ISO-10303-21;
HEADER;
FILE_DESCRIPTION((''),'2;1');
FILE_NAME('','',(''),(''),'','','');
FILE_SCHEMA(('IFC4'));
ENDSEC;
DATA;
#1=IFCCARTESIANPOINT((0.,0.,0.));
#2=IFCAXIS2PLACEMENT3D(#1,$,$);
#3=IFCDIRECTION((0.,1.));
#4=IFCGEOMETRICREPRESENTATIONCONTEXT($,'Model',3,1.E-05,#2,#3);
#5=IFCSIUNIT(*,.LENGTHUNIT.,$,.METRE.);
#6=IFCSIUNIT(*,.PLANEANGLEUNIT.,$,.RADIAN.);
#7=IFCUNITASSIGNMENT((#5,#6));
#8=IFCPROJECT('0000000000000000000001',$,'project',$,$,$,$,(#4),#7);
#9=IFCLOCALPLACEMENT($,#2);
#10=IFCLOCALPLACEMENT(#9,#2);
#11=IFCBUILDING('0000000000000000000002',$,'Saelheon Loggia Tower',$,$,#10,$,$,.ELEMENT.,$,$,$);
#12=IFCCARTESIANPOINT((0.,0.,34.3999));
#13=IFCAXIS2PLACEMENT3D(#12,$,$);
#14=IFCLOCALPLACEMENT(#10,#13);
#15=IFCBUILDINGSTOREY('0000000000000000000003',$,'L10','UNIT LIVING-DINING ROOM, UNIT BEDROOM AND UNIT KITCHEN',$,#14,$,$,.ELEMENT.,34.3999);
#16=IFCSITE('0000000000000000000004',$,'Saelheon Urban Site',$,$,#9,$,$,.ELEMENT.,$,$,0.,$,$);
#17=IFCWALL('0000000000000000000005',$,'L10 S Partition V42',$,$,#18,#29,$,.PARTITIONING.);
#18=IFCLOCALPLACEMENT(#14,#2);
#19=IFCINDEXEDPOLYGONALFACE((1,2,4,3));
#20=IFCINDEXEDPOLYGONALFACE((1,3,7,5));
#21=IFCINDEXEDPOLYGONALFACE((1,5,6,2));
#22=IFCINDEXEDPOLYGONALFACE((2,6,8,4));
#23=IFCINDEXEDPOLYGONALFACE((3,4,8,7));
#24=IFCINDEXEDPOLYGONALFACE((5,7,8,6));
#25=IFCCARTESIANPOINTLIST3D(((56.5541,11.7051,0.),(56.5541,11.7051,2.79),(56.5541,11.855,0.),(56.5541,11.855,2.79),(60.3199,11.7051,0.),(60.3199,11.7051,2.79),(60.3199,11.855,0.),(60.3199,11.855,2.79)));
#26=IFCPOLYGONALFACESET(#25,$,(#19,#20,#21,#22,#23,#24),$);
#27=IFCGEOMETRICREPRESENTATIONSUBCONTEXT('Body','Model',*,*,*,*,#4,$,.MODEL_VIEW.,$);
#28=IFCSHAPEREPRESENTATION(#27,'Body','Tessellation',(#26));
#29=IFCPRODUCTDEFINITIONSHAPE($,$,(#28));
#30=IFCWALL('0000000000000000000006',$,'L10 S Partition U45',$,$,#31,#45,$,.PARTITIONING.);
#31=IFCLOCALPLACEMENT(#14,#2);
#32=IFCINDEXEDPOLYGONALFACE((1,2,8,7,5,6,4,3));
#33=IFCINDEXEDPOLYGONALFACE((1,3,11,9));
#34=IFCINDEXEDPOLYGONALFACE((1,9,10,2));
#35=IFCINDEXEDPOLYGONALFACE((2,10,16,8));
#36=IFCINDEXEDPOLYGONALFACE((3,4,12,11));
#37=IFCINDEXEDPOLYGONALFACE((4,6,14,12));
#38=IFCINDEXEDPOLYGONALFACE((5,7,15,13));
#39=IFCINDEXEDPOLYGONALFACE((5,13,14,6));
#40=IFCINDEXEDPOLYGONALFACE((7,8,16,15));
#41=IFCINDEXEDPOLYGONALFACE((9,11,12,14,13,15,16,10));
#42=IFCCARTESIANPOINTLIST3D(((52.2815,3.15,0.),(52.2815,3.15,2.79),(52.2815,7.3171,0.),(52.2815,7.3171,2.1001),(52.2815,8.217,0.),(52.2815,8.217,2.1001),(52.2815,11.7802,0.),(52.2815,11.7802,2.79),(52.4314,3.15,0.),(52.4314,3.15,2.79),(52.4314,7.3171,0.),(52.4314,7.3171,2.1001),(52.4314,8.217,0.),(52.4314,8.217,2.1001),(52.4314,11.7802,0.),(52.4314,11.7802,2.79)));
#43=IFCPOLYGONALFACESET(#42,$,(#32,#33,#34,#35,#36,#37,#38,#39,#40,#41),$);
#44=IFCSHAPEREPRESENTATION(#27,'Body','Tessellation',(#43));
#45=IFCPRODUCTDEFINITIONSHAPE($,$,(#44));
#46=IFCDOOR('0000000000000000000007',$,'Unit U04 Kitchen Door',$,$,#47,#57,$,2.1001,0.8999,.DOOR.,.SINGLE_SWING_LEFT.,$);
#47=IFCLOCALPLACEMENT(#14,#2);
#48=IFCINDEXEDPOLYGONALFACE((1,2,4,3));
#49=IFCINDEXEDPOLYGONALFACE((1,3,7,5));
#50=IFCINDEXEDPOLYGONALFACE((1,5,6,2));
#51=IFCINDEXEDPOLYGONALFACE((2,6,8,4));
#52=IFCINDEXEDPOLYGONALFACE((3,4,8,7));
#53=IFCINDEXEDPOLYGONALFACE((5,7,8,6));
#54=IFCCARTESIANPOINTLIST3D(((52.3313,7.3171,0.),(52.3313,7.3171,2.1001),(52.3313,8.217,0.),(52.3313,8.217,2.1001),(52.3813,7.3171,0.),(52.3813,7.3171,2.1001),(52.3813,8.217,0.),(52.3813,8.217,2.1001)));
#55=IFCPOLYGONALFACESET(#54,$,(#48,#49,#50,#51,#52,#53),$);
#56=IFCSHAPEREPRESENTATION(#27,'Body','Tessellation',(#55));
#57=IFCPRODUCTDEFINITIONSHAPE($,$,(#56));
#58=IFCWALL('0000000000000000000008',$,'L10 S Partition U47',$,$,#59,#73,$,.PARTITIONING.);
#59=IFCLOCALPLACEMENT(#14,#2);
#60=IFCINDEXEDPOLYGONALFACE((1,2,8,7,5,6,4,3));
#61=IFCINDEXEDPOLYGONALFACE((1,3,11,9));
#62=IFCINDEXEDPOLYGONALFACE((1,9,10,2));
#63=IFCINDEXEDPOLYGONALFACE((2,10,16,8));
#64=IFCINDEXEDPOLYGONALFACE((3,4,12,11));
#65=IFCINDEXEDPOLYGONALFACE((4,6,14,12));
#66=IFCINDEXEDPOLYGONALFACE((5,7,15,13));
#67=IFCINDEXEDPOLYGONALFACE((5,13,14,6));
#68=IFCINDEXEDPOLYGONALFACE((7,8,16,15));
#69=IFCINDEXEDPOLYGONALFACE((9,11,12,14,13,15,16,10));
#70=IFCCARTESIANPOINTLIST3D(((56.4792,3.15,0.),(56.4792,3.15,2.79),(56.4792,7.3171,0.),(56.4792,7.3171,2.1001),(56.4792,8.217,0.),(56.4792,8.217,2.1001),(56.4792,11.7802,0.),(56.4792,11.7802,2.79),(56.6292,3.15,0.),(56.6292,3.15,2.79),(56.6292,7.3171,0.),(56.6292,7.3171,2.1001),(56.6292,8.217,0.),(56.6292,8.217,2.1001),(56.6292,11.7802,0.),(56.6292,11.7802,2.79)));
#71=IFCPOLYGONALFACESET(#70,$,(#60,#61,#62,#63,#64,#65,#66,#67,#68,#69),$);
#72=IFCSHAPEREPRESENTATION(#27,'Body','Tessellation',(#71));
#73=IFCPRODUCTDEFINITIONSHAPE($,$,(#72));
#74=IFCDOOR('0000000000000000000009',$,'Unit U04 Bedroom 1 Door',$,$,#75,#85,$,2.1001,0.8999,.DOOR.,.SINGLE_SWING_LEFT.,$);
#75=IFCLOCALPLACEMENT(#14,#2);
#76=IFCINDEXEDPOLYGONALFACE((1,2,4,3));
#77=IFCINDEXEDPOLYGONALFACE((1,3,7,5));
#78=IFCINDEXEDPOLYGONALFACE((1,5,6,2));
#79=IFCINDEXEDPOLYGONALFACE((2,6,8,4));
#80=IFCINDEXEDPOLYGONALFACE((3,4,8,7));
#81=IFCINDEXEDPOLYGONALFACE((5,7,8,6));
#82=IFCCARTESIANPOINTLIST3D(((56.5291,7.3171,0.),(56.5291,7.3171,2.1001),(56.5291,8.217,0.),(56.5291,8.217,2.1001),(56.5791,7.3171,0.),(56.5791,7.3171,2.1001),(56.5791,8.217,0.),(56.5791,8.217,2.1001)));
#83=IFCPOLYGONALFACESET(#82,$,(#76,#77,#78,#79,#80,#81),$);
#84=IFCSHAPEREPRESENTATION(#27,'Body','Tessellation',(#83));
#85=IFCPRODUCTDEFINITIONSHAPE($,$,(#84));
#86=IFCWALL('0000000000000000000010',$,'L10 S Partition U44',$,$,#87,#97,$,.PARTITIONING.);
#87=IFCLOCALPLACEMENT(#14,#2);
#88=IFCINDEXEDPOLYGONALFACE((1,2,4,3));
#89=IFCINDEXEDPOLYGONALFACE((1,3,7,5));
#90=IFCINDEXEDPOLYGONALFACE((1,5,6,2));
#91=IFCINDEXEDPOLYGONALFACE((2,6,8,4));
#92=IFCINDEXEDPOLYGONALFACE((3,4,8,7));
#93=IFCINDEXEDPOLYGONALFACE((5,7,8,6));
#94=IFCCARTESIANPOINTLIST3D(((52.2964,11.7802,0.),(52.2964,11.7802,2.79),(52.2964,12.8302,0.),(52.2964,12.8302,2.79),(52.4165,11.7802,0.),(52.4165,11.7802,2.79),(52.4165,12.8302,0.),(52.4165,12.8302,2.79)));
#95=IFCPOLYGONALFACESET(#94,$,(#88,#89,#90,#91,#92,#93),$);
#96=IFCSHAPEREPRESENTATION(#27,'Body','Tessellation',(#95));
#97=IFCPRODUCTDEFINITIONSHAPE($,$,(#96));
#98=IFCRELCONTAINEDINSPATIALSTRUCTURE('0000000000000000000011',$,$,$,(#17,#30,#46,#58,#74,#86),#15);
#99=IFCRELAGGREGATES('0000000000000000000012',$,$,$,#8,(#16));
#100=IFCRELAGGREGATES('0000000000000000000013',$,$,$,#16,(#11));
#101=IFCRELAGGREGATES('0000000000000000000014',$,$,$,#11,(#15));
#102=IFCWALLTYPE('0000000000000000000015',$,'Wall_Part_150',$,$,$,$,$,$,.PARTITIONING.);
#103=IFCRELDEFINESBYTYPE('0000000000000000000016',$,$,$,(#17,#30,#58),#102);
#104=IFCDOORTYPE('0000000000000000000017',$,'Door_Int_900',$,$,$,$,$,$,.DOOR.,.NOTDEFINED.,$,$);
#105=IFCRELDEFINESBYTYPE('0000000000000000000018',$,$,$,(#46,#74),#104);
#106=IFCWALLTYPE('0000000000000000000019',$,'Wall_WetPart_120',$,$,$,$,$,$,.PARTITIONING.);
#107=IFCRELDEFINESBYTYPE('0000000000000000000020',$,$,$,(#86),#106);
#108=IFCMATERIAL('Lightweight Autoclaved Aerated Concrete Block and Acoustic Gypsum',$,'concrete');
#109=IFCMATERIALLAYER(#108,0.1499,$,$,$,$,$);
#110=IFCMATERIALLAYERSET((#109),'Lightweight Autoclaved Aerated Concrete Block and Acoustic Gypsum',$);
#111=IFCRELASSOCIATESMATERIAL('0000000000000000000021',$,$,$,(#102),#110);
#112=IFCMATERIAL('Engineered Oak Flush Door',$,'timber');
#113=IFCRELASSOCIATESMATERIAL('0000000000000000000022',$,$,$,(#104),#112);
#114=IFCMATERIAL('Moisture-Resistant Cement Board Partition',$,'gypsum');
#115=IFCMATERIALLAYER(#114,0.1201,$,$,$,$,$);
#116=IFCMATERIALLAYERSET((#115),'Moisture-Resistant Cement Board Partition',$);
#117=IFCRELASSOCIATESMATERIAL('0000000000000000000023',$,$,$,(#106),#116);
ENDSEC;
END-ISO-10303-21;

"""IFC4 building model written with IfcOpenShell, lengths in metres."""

from ifc_helpers import new_model, si_unit, direction, frame, frame_2d, origin, place, context, subcontext, project, spatial, rectangle, extrude, source, transform, mapped, material, layer, layer_set, type_object, element, fill, save


model = new_model("IFC4")

# Units and contexts
model_context = context("Model", 3, precision=1e-05, world=origin(), true_north=direction((0.0, 1.0)))
body_context = subcontext(model_context, "Body", "Model", "MODEL_VIEW")
ifc_project = project(units=[si_unit("LENGTHUNIT", "METRE"), si_unit("PLANEANGLEUNIT", "RADIAN")], contexts=[model_context])

# Site, building, storey
site_placement = place(None, origin())
site = spatial("IfcSite", under=ifc_project, at=site_placement, Name="Saelheon Urban Site", CompositionType="ELEMENT", RefElevation=0.0)
building_placement = place(site_placement, origin())
building = spatial("IfcBuilding", under=site, at=building_placement, Name="Saelheon Loggia Tower", CompositionType="ELEMENT")
storey_placement = place(building_placement, frame((0.0, 0.0, 34.3999)))
storey = spatial("IfcBuildingStorey", under=building, at=storey_placement, Name="L10", Description="UNIT LIVING-DINING ROOM, UNIT BEDROOM AND UNIT KITCHEN", CompositionType="ELEMENT", Elevation=34.3999)

# Wall
ifc_material_1 = material(Name="Lightweight Autoclaved Aerated Concrete Block and Acoustic Gypsum", Category="concrete")
ifc_layer_1 = layer(ifc_material_1, 0.1499)
ifc_layer_set_1 = layer_set([ifc_layer_1], Name="Lightweight Autoclaved Aerated Concrete Block and Acoustic Gypsum")
wall_type_1 = type_object("IfcWallType", Name="Wall_Part_150", PredefinedType="PARTITIONING", material=ifc_layer_set_1)
wall_1_placement = place(storey_placement, frame((56.5542, 11.78, 0.0), z_axis=(0.0, 0.0, 1.0), x_axis=(1.0, 0.0, 0.0)))
element("IfcWall", 1, at=wall_1_placement, inside=storey, type_object=wall_type_1, Name="L10 S Partition V42", PredefinedType="PARTITIONING", context=body_context, shape_type="SweptSolid", body=[
    extrude(rectangle(XDim=3.7659, YDim=0.1499, at=frame_2d((1.8828, 0.0))), origin(), (0.0, 0.0, 1.0), 2.79),
])

# Walls, openings, doors
wall_2_placement = place(storey_placement, frame((52.3564, 11.78, 0.0), z_axis=(0.0, 0.0, 1.0), x_axis=(0.0, -1.0, 0.0)))
wall_2 = element("IfcWall", 2, at=wall_2_placement, inside=storey, type_object=wall_type_1, Name="L10 S Partition U45", PredefinedType="PARTITIONING", context=body_context, shape_type="SweptSolid", body=[
    extrude(rectangle(XDim=8.6301, YDim=0.1499, at=frame_2d((4.3149, 0.0))), origin(), (0.0, 0.0, 1.0), 2.79),
])
opening_1_placement = place(wall_2_placement, frame((3.563, 0.0, 0.0)))
opening_1 = element("IfcOpeningElement", 3, at=opening_1_placement, cuts=wall_2, PredefinedType="OPENING", context=body_context, shape_type="SweptSolid", body=[
    extrude(rectangle(XDim=0.8999, YDim=2.1001, at=frame_2d((0.45, 1.05))), frame((0.0, 0.0869, 0.0), z_axis=(0.0, -1.0, 0.0), x_axis=(1.0, 0.0, 0.0)), (0.0, 0.0, 1.0), 0.1738),
])
ifc_material_2 = material(Name="Engineered Oak Flush Door", Category="timber")
door_type_1 = type_object("IfcDoorType", Name="Door_Int_900", OperationType="NOTDEFINED", PredefinedType="DOOR", material=ifc_material_2)
shared_shape_1 = source(origin(), body_context, "Body", "SweptSolid", [
    extrude(rectangle(XDim=0.8999, YDim=2.1001, at=frame_2d((0.45, 1.05))), frame((0.0, 0.0249, 0.0), z_axis=(0.0, -1.0, 0.0), x_axis=(1.0, 0.0, 0.0)), (0.0, 0.0, 1.0), 0.05),
])
door_1_placement = place(opening_1_placement, origin())
door_1 = element("IfcDoor", 4, at=door_1_placement, inside=storey, type_object=door_type_1, Name="Unit U04 Kitchen Door", OperationType="SINGLE_SWING_LEFT", OverallHeight=2.1001, OverallWidth=0.8999, PredefinedType="DOOR", context=body_context, shape_type="MappedRepresentation", body=[
    mapped(shared_shape_1, transform((0.0, 0.0, 0.0), scale=1.0)),
])
fill(opening_1, door_1)
wall_3_placement = place(storey_placement, frame((56.5542, 11.78, 0.0), z_axis=(0.0, 0.0, 1.0), x_axis=(0.0, -1.0, 0.0)))
wall_3 = element("IfcWall", 5, at=wall_3_placement, inside=storey, type_object=wall_type_1, Name="L10 S Partition U47", PredefinedType="PARTITIONING", context=body_context, shape_type="SweptSolid", body=[
    extrude(rectangle(XDim=8.6301, YDim=0.1499, at=frame_2d((4.3149, 0.0))), origin(), (0.0, 0.0, 1.0), 2.79),
])
opening_2_placement = place(wall_3_placement, frame((3.563, 0.0, 0.0)))
opening_2 = element("IfcOpeningElement", 6, at=opening_2_placement, cuts=wall_3, PredefinedType="OPENING", context=body_context, shape_type="SweptSolid", body=[
    extrude(rectangle(XDim=0.8999, YDim=2.1001, at=frame_2d((0.45, 1.05))), frame((0.0, 0.0869, 0.0), z_axis=(0.0, -1.0, 0.0), x_axis=(1.0, 0.0, 0.0)), (0.0, 0.0, 1.0), 0.1738),
])
door_2_placement = place(opening_2_placement, origin())
door_2 = element("IfcDoor", 7, at=door_2_placement, inside=storey, type_object=door_type_1, Name="Unit U04 Bedroom 1 Door", OperationType="SINGLE_SWING_LEFT", OverallHeight=2.1001, OverallWidth=0.8999, PredefinedType="DOOR", context=body_context, shape_type="MappedRepresentation", body=[
    mapped(shared_shape_1, transform((0.0, 0.0, 0.0), scale=1.0)),
])
fill(opening_2, door_2)

# Wall
ifc_material_3 = material(Name="Moisture-Resistant Cement Board Partition", Category="gypsum")
ifc_layer_2 = layer(ifc_material_3, 0.1201)
ifc_layer_set_2 = layer_set([ifc_layer_2], Name="Moisture-Resistant Cement Board Partition")
wall_type_2 = type_object("IfcWallType", Name="Wall_WetPart_120", PredefinedType="PARTITIONING", material=ifc_layer_set_2)
wall_4_placement = place(storey_placement, frame((52.3564, 12.8301, 0.0), z_axis=(0.0, 0.0, 1.0), x_axis=(0.0, -1.0, 0.0)))
element("IfcWall", 8, at=wall_4_placement, inside=storey, type_object=wall_type_2, Name="L10 S Partition U44", PredefinedType="PARTITIONING", context=body_context, shape_type="SweptSolid", body=[
    extrude(rectangle(XDim=1.05, YDim=0.1201, at=frame_2d((0.5249, 0.0))), origin(), (0.0, 0.0, 1.0), 2.79),
])

save(model, "model.ifc")
